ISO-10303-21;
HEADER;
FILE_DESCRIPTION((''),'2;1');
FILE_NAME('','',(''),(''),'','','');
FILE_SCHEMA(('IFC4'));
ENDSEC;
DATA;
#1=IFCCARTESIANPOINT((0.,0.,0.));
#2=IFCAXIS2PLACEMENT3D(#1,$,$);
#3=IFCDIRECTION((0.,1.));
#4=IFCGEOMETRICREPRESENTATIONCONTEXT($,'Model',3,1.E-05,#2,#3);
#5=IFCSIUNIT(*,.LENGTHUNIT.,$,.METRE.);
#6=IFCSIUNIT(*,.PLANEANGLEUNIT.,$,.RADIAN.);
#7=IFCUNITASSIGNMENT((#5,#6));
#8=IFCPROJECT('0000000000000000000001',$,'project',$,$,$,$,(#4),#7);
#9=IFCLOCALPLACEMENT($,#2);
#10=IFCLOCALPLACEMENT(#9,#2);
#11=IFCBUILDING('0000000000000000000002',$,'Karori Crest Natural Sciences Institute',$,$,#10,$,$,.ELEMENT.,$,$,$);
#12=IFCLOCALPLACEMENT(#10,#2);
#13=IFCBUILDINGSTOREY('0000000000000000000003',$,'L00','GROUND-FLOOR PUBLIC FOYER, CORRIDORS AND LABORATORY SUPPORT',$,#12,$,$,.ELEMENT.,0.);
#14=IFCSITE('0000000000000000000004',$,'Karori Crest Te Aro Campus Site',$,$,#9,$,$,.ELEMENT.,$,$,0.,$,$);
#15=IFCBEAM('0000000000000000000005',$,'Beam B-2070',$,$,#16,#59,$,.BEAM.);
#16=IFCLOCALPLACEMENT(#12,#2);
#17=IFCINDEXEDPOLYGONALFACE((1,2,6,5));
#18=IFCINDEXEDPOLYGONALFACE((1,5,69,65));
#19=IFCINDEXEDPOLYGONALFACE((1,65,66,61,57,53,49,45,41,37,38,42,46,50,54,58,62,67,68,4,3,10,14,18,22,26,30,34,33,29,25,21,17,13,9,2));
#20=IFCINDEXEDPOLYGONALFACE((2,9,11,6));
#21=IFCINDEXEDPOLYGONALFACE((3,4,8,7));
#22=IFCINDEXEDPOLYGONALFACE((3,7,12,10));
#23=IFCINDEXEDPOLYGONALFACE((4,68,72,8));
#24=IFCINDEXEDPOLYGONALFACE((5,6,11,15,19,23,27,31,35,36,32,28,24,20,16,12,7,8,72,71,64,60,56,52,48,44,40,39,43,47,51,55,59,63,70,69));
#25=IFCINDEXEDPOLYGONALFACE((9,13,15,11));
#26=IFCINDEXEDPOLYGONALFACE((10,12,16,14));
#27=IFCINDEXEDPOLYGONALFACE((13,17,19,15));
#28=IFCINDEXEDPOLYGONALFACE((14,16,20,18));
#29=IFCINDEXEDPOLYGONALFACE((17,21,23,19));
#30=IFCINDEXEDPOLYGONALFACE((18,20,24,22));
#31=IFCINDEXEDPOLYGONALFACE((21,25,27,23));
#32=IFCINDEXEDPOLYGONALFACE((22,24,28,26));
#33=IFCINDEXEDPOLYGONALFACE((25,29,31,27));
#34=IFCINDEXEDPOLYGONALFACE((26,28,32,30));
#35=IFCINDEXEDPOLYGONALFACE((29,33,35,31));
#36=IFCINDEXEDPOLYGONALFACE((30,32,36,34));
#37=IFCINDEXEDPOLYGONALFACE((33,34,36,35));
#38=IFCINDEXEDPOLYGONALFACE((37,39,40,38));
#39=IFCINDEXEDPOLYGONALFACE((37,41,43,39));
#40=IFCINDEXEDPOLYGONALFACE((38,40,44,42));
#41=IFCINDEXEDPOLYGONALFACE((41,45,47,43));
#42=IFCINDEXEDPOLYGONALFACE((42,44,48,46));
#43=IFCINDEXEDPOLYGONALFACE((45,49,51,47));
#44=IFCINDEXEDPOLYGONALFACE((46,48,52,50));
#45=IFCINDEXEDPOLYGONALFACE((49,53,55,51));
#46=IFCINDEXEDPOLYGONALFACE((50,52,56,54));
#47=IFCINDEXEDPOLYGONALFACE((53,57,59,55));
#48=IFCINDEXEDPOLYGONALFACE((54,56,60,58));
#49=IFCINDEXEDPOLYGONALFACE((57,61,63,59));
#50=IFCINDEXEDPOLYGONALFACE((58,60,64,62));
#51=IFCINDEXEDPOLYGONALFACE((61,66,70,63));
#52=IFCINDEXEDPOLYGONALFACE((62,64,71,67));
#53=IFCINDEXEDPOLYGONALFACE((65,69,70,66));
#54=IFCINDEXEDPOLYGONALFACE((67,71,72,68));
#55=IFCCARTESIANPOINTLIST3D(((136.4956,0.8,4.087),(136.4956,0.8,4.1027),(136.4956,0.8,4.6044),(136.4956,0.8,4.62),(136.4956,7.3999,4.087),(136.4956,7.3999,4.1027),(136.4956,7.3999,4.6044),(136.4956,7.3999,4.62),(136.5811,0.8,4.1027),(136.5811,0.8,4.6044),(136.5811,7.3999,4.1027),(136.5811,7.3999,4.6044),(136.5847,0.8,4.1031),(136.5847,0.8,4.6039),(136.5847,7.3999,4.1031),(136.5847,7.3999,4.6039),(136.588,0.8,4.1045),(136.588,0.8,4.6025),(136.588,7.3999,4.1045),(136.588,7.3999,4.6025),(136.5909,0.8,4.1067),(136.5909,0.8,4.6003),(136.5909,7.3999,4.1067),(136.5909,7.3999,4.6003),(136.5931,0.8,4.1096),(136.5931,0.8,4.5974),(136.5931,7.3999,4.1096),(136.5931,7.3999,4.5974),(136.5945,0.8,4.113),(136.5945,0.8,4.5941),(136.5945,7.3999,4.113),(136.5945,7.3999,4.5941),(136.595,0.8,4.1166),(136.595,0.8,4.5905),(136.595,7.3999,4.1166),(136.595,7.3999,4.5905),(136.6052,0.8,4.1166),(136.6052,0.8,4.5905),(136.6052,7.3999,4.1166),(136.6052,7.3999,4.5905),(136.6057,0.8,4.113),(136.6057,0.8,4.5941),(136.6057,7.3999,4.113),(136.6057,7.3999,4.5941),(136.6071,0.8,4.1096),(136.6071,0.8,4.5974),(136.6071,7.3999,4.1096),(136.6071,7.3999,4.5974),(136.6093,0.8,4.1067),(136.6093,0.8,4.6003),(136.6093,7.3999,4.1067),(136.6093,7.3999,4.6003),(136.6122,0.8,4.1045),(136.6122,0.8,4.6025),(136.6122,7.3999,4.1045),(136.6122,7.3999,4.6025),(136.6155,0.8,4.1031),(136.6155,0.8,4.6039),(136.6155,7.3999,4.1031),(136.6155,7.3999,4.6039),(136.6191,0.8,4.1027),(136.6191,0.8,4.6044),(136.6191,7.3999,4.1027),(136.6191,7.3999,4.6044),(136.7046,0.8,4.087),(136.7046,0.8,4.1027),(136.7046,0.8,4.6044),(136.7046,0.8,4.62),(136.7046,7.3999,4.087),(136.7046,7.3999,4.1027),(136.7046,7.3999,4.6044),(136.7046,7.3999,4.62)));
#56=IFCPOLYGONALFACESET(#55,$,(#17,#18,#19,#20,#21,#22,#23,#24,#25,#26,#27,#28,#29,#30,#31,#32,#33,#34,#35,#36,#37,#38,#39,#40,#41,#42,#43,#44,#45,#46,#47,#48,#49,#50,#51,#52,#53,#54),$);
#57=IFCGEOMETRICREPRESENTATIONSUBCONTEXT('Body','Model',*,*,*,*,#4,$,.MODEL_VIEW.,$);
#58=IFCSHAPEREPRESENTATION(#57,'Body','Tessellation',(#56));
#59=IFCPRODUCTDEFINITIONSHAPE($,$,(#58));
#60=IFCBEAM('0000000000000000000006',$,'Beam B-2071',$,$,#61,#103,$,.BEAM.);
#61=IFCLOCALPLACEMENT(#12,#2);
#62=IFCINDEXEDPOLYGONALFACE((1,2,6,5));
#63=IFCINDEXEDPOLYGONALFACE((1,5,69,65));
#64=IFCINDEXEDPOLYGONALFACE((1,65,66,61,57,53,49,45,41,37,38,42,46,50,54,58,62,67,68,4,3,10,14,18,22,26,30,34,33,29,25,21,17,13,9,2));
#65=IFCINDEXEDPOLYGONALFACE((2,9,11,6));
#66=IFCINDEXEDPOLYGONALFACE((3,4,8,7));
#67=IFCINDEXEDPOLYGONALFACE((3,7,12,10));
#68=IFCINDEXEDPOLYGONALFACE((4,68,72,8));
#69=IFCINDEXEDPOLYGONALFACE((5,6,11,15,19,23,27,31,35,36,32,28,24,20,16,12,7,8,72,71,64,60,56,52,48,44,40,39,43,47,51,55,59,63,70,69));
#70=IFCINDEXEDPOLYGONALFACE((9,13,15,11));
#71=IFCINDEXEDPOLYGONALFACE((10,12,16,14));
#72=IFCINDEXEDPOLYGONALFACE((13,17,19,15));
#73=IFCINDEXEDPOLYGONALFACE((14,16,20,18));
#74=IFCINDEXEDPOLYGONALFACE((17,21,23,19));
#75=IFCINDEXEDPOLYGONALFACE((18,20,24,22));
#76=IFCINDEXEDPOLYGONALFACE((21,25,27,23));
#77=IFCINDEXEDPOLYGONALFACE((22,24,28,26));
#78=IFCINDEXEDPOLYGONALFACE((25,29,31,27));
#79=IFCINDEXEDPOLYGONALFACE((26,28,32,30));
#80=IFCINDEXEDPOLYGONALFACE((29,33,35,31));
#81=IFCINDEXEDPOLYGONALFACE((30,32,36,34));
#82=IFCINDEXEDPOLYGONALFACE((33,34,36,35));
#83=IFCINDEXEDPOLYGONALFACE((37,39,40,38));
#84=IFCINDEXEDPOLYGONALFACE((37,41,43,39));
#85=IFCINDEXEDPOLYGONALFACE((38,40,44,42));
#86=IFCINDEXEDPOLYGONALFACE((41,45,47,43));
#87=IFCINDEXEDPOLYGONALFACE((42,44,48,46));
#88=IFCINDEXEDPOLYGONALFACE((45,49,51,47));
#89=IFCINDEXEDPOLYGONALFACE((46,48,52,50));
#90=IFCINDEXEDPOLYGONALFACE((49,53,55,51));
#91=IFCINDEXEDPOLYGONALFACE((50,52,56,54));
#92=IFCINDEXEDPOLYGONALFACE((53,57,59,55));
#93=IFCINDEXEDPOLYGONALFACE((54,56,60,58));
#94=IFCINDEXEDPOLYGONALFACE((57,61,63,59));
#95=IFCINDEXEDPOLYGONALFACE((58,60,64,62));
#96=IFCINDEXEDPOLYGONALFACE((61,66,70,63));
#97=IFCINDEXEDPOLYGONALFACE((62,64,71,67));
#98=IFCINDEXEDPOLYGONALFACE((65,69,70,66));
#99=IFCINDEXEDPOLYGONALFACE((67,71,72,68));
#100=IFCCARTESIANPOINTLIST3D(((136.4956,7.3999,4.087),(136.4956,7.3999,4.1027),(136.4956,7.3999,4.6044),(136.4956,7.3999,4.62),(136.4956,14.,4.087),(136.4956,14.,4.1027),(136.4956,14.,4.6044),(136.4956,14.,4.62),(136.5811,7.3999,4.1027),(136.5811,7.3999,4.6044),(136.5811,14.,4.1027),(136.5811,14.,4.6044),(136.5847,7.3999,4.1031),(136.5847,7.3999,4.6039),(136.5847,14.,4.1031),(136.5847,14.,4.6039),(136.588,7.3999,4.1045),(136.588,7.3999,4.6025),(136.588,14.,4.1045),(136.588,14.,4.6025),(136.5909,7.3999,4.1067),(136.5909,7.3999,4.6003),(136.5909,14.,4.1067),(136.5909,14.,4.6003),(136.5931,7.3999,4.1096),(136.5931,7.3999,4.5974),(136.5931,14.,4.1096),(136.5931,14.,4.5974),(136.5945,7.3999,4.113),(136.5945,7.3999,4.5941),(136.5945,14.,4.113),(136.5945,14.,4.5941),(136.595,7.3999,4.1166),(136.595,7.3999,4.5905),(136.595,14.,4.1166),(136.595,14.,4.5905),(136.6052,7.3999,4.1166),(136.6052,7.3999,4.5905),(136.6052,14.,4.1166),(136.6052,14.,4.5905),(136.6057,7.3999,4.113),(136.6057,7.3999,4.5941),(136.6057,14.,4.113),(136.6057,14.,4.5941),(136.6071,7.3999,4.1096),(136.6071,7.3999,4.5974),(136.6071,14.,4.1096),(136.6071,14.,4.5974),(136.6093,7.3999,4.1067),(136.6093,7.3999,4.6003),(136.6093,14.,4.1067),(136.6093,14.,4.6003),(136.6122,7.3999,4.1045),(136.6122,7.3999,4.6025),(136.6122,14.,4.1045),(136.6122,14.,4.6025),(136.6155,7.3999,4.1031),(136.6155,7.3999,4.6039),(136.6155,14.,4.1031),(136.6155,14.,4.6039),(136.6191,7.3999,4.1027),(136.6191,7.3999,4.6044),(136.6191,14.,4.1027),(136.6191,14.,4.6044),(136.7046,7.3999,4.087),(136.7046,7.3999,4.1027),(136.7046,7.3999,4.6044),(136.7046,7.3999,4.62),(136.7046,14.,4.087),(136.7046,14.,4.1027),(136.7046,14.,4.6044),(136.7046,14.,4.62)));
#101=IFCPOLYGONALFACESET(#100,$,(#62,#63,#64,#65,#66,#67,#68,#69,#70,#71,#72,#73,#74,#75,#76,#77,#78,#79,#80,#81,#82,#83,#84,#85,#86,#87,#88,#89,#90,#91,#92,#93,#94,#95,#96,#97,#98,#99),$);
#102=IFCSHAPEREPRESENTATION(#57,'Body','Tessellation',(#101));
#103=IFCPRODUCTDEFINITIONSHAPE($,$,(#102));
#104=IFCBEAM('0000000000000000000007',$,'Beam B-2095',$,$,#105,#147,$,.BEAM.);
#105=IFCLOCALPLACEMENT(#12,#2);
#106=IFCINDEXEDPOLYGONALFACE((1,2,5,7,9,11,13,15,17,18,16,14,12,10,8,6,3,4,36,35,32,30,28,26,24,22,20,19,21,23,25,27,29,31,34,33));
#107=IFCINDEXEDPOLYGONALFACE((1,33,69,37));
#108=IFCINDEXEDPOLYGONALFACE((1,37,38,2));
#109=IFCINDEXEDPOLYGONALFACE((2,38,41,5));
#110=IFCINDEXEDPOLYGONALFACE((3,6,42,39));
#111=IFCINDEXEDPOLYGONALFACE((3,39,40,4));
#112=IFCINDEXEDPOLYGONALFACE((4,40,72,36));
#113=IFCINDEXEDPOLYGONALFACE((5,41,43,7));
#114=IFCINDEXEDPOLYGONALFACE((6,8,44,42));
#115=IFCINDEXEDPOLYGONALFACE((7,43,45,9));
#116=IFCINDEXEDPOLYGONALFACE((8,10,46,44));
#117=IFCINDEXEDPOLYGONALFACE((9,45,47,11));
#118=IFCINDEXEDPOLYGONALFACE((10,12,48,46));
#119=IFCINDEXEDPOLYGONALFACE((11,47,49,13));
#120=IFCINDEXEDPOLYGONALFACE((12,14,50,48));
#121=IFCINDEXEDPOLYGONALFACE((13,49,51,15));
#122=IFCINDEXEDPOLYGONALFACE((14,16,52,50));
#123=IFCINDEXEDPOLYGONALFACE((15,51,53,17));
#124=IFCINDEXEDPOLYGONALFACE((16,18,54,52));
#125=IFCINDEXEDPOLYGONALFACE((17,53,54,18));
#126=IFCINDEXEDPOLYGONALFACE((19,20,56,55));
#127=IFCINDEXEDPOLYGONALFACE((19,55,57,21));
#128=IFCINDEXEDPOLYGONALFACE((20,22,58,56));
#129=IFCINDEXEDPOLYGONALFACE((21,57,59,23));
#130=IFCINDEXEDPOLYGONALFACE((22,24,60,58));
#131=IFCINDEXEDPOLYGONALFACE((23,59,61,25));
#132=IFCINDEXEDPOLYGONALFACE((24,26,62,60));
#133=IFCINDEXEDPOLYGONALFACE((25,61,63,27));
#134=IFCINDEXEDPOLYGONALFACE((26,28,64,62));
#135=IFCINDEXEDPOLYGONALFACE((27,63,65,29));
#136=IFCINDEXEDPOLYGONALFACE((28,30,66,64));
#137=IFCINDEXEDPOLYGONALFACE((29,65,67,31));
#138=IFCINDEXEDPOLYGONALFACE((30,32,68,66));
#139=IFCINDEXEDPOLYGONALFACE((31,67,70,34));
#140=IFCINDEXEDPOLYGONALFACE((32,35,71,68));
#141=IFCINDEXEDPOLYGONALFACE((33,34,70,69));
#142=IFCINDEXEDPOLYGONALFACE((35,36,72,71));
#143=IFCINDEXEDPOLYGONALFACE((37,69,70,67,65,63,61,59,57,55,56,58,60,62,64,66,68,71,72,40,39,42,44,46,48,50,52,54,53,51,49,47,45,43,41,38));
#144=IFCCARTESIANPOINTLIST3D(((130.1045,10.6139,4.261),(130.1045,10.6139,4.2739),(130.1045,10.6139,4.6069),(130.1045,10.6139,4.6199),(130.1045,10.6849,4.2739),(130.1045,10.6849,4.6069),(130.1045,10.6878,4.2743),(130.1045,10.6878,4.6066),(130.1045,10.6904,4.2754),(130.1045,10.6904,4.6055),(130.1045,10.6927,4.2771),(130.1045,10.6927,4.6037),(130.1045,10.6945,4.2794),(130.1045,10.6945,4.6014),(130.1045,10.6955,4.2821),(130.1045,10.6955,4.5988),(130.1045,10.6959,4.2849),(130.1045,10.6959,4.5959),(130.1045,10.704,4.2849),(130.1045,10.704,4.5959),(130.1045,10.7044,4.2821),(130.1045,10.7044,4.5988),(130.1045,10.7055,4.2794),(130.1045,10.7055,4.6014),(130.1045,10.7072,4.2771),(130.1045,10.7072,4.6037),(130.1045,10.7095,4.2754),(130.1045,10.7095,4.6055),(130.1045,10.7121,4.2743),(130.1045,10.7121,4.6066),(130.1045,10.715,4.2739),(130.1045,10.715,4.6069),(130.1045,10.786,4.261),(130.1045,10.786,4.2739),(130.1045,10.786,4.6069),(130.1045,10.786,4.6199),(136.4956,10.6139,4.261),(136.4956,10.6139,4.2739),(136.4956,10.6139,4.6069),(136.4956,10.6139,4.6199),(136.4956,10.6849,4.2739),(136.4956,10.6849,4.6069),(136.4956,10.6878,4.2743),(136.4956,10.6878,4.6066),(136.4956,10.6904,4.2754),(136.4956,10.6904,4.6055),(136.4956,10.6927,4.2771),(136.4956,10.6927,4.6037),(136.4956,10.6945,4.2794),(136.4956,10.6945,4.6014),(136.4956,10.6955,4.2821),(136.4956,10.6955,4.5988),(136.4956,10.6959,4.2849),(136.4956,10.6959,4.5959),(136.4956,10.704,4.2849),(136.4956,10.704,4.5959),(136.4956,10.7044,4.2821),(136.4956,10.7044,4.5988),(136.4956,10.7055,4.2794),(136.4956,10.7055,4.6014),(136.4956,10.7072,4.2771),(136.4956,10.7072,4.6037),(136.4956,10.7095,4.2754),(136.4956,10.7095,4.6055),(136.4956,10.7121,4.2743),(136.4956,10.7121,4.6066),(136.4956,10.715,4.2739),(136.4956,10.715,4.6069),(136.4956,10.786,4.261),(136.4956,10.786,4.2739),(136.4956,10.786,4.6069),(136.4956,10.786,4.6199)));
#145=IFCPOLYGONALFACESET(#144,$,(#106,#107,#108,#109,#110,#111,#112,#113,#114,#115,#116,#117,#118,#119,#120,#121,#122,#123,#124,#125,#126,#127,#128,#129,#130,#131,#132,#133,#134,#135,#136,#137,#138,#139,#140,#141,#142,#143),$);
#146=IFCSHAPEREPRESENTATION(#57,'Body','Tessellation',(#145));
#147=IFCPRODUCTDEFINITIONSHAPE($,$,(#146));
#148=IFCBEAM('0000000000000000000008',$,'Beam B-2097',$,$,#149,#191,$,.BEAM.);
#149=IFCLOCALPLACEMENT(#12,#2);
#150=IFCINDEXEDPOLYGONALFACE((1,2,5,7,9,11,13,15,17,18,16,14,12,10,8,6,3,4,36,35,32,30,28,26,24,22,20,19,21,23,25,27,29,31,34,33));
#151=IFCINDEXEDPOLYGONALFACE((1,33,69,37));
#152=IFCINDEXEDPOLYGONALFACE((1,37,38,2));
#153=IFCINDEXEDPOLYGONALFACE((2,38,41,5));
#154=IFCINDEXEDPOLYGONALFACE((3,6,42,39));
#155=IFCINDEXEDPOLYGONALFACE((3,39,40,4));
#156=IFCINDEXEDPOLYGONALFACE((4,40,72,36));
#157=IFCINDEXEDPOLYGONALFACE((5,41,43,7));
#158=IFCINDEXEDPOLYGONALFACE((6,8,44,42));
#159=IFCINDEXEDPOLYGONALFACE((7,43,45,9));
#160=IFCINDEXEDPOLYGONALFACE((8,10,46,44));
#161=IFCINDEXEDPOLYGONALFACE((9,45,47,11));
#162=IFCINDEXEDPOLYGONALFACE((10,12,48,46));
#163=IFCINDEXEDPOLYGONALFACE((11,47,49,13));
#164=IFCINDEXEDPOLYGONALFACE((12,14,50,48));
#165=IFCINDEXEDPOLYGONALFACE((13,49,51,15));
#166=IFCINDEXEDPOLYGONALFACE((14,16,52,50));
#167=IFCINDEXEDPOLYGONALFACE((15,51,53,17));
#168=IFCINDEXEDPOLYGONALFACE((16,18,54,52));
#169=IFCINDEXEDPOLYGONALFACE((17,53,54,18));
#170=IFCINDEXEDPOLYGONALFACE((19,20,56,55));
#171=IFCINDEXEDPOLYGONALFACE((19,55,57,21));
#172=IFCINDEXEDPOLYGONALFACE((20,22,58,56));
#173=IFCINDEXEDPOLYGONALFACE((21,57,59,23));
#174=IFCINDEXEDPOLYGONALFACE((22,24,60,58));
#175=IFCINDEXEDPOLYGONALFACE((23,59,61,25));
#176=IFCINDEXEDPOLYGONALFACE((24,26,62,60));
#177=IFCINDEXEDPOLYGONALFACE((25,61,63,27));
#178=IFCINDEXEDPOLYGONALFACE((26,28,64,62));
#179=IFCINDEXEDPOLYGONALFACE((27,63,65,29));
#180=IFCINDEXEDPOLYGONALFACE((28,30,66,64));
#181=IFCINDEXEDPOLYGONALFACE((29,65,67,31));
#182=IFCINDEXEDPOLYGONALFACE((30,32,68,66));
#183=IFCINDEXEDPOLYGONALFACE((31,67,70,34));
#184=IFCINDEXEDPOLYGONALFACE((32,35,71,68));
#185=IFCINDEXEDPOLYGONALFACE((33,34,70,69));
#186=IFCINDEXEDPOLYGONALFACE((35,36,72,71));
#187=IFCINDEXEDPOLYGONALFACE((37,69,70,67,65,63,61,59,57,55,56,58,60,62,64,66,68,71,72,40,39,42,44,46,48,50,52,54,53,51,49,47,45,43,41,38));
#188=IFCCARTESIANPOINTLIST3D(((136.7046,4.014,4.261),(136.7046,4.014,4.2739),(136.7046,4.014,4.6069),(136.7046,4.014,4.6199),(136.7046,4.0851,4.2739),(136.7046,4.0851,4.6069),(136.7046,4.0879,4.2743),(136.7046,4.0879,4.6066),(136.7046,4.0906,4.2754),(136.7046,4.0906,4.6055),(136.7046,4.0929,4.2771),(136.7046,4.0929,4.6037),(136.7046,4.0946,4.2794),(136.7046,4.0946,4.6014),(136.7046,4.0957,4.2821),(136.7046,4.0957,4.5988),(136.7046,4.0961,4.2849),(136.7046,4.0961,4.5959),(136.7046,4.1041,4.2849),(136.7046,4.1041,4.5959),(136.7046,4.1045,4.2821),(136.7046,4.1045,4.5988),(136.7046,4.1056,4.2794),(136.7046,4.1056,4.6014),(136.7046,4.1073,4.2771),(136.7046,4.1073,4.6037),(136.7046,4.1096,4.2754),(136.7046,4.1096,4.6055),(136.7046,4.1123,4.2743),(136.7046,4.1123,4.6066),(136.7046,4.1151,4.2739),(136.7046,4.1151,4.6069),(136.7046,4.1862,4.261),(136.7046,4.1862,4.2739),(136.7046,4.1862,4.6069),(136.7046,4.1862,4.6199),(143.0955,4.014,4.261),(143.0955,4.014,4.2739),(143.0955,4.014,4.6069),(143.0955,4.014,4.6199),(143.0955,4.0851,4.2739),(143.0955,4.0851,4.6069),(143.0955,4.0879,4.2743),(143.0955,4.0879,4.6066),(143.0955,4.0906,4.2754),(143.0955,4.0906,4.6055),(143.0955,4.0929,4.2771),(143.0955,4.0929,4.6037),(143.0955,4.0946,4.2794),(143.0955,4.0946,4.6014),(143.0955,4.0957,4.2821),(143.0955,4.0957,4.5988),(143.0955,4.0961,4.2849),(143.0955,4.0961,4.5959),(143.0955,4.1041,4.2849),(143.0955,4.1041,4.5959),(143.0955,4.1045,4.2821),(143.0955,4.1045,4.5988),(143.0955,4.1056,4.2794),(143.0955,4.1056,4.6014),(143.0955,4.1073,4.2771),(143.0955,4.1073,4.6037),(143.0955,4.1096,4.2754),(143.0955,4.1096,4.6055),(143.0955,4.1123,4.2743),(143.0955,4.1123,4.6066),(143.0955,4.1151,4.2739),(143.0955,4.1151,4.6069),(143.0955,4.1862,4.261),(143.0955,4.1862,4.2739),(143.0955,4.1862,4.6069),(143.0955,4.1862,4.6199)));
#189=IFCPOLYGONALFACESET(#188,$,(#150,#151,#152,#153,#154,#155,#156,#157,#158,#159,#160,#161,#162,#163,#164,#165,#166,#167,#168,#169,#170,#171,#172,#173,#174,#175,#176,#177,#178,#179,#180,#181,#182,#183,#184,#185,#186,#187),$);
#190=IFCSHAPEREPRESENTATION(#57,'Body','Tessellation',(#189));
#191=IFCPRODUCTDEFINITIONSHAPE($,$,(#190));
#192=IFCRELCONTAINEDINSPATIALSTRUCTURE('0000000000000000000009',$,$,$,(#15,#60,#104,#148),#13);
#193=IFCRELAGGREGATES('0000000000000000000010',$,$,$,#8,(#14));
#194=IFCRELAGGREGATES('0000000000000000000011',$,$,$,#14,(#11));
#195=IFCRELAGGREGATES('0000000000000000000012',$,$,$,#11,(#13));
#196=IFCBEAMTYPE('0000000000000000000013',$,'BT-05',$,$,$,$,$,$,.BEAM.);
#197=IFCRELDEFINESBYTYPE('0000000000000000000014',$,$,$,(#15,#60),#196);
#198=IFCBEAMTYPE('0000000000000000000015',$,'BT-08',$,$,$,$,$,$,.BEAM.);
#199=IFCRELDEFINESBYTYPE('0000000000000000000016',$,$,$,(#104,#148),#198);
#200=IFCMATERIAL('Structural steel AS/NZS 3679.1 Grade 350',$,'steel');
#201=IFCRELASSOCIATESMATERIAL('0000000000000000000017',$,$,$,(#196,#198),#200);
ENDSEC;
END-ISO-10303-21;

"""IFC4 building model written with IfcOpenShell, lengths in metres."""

from ifc_helpers import new_model, si_unit, direction, frame, origin, origin_2d, place, context, subcontext, project, spatial, i_section, extrude, material, material_profile, profile_set, type_object, element, save


model = new_model("IFC4")

# Units and contexts
model_context = context("Model", 3, precision=1e-05, world=origin(), true_north=direction((0.0, 1.0)))
body_context = subcontext(model_context, "Body", "Model", "MODEL_VIEW")
ifc_project = project(units=[si_unit("LENGTHUNIT", "METRE"), si_unit("PLANEANGLEUNIT", "RADIAN")], contexts=[model_context])

# Site, building, storey
site_placement = place(None, origin())
site = spatial("IfcSite", under=ifc_project, at=site_placement, Name="Karori Crest Te Aro Campus Site", CompositionType="ELEMENT", RefElevation=0.0)
building_placement = place(site_placement, origin())
building = spatial("IfcBuilding", under=site, at=building_placement, Name="Karori Crest Natural Sciences Institute", CompositionType="ELEMENT")
storey_placement = place(building_placement, origin())
storey = spatial("IfcBuildingStorey", under=building, at=storey_placement, Name="L00", Description="GROUND-FLOOR PUBLIC FOYER, CORRIDORS AND LABORATORY SUPPORT", CompositionType="ELEMENT", Elevation=0.0)

# Shared definitions
ifc_material_1 = material(Name="Structural steel AS/NZS 3679.1 Grade 350", Category="steel")

# Beams
ifc_material_profile_1 = material_profile(ifc_material_1, i_section(OverallWidth=0.209, OverallDepth=0.533, WebThickness=0.0103, FlangeThickness=0.0156, FilletRadius=0.0139, at=origin_2d()), Name="530UB92.4")
ifc_profile_set_1 = profile_set([ifc_material_profile_1], Name="Structural steel AS/NZS 3679.1 Grade 350")
beam_type_1 = type_object("IfcBeamType", Name="BT-05", PredefinedType="BEAM", material=ifc_profile_set_1)
beam_1_placement = place(storey_placement, frame((136.6001, 0.8, 4.3535), z_axis=(0.0, 1.0, 0.0), x_axis=(-1.0, 0.0, 0.0)))
element("IfcBeam", 1, at=beam_1_placement, inside=storey, type_object=beam_type_1, Name="Beam B-2070", PredefinedType="BEAM", context=body_context, shape_type="SweptSolid", body=[
    extrude(i_section(OverallWidth=0.209, OverallDepth=0.533, WebThickness=0.0103, FlangeThickness=0.0156, FilletRadius=0.0139, at=origin_2d()), origin(), (0.0, 0.0, 1.0), 6.5999),
])
beam_2_placement = place(storey_placement, frame((136.6001, 7.3999, 4.3535), z_axis=(0.0, 1.0, 0.0), x_axis=(-1.0, 0.0, 0.0)))
element("IfcBeam", 2, at=beam_2_placement, inside=storey, type_object=beam_type_1, Name="Beam B-2071", PredefinedType="BEAM", context=body_context, shape_type="SweptSolid", body=[
    extrude(i_section(OverallWidth=0.209, OverallDepth=0.533, WebThickness=0.0103, FlangeThickness=0.0156, FilletRadius=0.0139, at=origin_2d()), origin(), (0.0, 0.0, 1.0), 6.6001),
])
ifc_material_profile_2 = material_profile(ifc_material_1, i_section(OverallWidth=0.1721, OverallDepth=0.3589, WebThickness=0.0081, FlangeThickness=0.0129, FilletRadius=0.011, at=origin_2d()), Name="360UB56.7")
ifc_profile_set_2 = profile_set([ifc_material_profile_2], Name="Structural steel AS/NZS 3679.1 Grade 350")
beam_type_2 = type_object("IfcBeamType", Name="BT-08", PredefinedType="BEAM", material=ifc_profile_set_2)
beam_3_placement = place(storey_placement, frame((130.1045, 10.7, 4.4404), z_axis=(1.0, 0.0, 0.0), x_axis=(0.0, 1.0, 0.0)))
element("IfcBeam", 3, at=beam_3_placement, inside=storey, type_object=beam_type_2, Name="Beam B-2095", PredefinedType="BEAM", context=body_context, shape_type="SweptSolid", body=[
    extrude(i_section(OverallWidth=0.1721, OverallDepth=0.3589, WebThickness=0.0081, FlangeThickness=0.0129, FilletRadius=0.011, at=origin_2d()), origin(), (0.0, 0.0, 1.0), 6.3911),
])
for number, where, z_axis, x_axis, name in (
    (4, (136.7046, 4.1001, 4.4404), (1.0, 0.0, 0.0), (0.0, 1.0, 0.0), "Beam B-2097"),
):
    element("IfcBeam", number, at=place(storey_placement, frame(where, z_axis=z_axis, x_axis=x_axis)), inside=storey, type_object=beam_type_2, Name=name, PredefinedType="BEAM", context=body_context, shape_type="SweptSolid", body=[
        extrude(i_section(OverallWidth=0.1721, OverallDepth=0.3589, WebThickness=0.0081, FlangeThickness=0.0129, FilletRadius=0.011, at=origin_2d()), origin(), (0.0, 0.0, 1.0), 6.3909),
    ])

save(model, "model.ifc")
